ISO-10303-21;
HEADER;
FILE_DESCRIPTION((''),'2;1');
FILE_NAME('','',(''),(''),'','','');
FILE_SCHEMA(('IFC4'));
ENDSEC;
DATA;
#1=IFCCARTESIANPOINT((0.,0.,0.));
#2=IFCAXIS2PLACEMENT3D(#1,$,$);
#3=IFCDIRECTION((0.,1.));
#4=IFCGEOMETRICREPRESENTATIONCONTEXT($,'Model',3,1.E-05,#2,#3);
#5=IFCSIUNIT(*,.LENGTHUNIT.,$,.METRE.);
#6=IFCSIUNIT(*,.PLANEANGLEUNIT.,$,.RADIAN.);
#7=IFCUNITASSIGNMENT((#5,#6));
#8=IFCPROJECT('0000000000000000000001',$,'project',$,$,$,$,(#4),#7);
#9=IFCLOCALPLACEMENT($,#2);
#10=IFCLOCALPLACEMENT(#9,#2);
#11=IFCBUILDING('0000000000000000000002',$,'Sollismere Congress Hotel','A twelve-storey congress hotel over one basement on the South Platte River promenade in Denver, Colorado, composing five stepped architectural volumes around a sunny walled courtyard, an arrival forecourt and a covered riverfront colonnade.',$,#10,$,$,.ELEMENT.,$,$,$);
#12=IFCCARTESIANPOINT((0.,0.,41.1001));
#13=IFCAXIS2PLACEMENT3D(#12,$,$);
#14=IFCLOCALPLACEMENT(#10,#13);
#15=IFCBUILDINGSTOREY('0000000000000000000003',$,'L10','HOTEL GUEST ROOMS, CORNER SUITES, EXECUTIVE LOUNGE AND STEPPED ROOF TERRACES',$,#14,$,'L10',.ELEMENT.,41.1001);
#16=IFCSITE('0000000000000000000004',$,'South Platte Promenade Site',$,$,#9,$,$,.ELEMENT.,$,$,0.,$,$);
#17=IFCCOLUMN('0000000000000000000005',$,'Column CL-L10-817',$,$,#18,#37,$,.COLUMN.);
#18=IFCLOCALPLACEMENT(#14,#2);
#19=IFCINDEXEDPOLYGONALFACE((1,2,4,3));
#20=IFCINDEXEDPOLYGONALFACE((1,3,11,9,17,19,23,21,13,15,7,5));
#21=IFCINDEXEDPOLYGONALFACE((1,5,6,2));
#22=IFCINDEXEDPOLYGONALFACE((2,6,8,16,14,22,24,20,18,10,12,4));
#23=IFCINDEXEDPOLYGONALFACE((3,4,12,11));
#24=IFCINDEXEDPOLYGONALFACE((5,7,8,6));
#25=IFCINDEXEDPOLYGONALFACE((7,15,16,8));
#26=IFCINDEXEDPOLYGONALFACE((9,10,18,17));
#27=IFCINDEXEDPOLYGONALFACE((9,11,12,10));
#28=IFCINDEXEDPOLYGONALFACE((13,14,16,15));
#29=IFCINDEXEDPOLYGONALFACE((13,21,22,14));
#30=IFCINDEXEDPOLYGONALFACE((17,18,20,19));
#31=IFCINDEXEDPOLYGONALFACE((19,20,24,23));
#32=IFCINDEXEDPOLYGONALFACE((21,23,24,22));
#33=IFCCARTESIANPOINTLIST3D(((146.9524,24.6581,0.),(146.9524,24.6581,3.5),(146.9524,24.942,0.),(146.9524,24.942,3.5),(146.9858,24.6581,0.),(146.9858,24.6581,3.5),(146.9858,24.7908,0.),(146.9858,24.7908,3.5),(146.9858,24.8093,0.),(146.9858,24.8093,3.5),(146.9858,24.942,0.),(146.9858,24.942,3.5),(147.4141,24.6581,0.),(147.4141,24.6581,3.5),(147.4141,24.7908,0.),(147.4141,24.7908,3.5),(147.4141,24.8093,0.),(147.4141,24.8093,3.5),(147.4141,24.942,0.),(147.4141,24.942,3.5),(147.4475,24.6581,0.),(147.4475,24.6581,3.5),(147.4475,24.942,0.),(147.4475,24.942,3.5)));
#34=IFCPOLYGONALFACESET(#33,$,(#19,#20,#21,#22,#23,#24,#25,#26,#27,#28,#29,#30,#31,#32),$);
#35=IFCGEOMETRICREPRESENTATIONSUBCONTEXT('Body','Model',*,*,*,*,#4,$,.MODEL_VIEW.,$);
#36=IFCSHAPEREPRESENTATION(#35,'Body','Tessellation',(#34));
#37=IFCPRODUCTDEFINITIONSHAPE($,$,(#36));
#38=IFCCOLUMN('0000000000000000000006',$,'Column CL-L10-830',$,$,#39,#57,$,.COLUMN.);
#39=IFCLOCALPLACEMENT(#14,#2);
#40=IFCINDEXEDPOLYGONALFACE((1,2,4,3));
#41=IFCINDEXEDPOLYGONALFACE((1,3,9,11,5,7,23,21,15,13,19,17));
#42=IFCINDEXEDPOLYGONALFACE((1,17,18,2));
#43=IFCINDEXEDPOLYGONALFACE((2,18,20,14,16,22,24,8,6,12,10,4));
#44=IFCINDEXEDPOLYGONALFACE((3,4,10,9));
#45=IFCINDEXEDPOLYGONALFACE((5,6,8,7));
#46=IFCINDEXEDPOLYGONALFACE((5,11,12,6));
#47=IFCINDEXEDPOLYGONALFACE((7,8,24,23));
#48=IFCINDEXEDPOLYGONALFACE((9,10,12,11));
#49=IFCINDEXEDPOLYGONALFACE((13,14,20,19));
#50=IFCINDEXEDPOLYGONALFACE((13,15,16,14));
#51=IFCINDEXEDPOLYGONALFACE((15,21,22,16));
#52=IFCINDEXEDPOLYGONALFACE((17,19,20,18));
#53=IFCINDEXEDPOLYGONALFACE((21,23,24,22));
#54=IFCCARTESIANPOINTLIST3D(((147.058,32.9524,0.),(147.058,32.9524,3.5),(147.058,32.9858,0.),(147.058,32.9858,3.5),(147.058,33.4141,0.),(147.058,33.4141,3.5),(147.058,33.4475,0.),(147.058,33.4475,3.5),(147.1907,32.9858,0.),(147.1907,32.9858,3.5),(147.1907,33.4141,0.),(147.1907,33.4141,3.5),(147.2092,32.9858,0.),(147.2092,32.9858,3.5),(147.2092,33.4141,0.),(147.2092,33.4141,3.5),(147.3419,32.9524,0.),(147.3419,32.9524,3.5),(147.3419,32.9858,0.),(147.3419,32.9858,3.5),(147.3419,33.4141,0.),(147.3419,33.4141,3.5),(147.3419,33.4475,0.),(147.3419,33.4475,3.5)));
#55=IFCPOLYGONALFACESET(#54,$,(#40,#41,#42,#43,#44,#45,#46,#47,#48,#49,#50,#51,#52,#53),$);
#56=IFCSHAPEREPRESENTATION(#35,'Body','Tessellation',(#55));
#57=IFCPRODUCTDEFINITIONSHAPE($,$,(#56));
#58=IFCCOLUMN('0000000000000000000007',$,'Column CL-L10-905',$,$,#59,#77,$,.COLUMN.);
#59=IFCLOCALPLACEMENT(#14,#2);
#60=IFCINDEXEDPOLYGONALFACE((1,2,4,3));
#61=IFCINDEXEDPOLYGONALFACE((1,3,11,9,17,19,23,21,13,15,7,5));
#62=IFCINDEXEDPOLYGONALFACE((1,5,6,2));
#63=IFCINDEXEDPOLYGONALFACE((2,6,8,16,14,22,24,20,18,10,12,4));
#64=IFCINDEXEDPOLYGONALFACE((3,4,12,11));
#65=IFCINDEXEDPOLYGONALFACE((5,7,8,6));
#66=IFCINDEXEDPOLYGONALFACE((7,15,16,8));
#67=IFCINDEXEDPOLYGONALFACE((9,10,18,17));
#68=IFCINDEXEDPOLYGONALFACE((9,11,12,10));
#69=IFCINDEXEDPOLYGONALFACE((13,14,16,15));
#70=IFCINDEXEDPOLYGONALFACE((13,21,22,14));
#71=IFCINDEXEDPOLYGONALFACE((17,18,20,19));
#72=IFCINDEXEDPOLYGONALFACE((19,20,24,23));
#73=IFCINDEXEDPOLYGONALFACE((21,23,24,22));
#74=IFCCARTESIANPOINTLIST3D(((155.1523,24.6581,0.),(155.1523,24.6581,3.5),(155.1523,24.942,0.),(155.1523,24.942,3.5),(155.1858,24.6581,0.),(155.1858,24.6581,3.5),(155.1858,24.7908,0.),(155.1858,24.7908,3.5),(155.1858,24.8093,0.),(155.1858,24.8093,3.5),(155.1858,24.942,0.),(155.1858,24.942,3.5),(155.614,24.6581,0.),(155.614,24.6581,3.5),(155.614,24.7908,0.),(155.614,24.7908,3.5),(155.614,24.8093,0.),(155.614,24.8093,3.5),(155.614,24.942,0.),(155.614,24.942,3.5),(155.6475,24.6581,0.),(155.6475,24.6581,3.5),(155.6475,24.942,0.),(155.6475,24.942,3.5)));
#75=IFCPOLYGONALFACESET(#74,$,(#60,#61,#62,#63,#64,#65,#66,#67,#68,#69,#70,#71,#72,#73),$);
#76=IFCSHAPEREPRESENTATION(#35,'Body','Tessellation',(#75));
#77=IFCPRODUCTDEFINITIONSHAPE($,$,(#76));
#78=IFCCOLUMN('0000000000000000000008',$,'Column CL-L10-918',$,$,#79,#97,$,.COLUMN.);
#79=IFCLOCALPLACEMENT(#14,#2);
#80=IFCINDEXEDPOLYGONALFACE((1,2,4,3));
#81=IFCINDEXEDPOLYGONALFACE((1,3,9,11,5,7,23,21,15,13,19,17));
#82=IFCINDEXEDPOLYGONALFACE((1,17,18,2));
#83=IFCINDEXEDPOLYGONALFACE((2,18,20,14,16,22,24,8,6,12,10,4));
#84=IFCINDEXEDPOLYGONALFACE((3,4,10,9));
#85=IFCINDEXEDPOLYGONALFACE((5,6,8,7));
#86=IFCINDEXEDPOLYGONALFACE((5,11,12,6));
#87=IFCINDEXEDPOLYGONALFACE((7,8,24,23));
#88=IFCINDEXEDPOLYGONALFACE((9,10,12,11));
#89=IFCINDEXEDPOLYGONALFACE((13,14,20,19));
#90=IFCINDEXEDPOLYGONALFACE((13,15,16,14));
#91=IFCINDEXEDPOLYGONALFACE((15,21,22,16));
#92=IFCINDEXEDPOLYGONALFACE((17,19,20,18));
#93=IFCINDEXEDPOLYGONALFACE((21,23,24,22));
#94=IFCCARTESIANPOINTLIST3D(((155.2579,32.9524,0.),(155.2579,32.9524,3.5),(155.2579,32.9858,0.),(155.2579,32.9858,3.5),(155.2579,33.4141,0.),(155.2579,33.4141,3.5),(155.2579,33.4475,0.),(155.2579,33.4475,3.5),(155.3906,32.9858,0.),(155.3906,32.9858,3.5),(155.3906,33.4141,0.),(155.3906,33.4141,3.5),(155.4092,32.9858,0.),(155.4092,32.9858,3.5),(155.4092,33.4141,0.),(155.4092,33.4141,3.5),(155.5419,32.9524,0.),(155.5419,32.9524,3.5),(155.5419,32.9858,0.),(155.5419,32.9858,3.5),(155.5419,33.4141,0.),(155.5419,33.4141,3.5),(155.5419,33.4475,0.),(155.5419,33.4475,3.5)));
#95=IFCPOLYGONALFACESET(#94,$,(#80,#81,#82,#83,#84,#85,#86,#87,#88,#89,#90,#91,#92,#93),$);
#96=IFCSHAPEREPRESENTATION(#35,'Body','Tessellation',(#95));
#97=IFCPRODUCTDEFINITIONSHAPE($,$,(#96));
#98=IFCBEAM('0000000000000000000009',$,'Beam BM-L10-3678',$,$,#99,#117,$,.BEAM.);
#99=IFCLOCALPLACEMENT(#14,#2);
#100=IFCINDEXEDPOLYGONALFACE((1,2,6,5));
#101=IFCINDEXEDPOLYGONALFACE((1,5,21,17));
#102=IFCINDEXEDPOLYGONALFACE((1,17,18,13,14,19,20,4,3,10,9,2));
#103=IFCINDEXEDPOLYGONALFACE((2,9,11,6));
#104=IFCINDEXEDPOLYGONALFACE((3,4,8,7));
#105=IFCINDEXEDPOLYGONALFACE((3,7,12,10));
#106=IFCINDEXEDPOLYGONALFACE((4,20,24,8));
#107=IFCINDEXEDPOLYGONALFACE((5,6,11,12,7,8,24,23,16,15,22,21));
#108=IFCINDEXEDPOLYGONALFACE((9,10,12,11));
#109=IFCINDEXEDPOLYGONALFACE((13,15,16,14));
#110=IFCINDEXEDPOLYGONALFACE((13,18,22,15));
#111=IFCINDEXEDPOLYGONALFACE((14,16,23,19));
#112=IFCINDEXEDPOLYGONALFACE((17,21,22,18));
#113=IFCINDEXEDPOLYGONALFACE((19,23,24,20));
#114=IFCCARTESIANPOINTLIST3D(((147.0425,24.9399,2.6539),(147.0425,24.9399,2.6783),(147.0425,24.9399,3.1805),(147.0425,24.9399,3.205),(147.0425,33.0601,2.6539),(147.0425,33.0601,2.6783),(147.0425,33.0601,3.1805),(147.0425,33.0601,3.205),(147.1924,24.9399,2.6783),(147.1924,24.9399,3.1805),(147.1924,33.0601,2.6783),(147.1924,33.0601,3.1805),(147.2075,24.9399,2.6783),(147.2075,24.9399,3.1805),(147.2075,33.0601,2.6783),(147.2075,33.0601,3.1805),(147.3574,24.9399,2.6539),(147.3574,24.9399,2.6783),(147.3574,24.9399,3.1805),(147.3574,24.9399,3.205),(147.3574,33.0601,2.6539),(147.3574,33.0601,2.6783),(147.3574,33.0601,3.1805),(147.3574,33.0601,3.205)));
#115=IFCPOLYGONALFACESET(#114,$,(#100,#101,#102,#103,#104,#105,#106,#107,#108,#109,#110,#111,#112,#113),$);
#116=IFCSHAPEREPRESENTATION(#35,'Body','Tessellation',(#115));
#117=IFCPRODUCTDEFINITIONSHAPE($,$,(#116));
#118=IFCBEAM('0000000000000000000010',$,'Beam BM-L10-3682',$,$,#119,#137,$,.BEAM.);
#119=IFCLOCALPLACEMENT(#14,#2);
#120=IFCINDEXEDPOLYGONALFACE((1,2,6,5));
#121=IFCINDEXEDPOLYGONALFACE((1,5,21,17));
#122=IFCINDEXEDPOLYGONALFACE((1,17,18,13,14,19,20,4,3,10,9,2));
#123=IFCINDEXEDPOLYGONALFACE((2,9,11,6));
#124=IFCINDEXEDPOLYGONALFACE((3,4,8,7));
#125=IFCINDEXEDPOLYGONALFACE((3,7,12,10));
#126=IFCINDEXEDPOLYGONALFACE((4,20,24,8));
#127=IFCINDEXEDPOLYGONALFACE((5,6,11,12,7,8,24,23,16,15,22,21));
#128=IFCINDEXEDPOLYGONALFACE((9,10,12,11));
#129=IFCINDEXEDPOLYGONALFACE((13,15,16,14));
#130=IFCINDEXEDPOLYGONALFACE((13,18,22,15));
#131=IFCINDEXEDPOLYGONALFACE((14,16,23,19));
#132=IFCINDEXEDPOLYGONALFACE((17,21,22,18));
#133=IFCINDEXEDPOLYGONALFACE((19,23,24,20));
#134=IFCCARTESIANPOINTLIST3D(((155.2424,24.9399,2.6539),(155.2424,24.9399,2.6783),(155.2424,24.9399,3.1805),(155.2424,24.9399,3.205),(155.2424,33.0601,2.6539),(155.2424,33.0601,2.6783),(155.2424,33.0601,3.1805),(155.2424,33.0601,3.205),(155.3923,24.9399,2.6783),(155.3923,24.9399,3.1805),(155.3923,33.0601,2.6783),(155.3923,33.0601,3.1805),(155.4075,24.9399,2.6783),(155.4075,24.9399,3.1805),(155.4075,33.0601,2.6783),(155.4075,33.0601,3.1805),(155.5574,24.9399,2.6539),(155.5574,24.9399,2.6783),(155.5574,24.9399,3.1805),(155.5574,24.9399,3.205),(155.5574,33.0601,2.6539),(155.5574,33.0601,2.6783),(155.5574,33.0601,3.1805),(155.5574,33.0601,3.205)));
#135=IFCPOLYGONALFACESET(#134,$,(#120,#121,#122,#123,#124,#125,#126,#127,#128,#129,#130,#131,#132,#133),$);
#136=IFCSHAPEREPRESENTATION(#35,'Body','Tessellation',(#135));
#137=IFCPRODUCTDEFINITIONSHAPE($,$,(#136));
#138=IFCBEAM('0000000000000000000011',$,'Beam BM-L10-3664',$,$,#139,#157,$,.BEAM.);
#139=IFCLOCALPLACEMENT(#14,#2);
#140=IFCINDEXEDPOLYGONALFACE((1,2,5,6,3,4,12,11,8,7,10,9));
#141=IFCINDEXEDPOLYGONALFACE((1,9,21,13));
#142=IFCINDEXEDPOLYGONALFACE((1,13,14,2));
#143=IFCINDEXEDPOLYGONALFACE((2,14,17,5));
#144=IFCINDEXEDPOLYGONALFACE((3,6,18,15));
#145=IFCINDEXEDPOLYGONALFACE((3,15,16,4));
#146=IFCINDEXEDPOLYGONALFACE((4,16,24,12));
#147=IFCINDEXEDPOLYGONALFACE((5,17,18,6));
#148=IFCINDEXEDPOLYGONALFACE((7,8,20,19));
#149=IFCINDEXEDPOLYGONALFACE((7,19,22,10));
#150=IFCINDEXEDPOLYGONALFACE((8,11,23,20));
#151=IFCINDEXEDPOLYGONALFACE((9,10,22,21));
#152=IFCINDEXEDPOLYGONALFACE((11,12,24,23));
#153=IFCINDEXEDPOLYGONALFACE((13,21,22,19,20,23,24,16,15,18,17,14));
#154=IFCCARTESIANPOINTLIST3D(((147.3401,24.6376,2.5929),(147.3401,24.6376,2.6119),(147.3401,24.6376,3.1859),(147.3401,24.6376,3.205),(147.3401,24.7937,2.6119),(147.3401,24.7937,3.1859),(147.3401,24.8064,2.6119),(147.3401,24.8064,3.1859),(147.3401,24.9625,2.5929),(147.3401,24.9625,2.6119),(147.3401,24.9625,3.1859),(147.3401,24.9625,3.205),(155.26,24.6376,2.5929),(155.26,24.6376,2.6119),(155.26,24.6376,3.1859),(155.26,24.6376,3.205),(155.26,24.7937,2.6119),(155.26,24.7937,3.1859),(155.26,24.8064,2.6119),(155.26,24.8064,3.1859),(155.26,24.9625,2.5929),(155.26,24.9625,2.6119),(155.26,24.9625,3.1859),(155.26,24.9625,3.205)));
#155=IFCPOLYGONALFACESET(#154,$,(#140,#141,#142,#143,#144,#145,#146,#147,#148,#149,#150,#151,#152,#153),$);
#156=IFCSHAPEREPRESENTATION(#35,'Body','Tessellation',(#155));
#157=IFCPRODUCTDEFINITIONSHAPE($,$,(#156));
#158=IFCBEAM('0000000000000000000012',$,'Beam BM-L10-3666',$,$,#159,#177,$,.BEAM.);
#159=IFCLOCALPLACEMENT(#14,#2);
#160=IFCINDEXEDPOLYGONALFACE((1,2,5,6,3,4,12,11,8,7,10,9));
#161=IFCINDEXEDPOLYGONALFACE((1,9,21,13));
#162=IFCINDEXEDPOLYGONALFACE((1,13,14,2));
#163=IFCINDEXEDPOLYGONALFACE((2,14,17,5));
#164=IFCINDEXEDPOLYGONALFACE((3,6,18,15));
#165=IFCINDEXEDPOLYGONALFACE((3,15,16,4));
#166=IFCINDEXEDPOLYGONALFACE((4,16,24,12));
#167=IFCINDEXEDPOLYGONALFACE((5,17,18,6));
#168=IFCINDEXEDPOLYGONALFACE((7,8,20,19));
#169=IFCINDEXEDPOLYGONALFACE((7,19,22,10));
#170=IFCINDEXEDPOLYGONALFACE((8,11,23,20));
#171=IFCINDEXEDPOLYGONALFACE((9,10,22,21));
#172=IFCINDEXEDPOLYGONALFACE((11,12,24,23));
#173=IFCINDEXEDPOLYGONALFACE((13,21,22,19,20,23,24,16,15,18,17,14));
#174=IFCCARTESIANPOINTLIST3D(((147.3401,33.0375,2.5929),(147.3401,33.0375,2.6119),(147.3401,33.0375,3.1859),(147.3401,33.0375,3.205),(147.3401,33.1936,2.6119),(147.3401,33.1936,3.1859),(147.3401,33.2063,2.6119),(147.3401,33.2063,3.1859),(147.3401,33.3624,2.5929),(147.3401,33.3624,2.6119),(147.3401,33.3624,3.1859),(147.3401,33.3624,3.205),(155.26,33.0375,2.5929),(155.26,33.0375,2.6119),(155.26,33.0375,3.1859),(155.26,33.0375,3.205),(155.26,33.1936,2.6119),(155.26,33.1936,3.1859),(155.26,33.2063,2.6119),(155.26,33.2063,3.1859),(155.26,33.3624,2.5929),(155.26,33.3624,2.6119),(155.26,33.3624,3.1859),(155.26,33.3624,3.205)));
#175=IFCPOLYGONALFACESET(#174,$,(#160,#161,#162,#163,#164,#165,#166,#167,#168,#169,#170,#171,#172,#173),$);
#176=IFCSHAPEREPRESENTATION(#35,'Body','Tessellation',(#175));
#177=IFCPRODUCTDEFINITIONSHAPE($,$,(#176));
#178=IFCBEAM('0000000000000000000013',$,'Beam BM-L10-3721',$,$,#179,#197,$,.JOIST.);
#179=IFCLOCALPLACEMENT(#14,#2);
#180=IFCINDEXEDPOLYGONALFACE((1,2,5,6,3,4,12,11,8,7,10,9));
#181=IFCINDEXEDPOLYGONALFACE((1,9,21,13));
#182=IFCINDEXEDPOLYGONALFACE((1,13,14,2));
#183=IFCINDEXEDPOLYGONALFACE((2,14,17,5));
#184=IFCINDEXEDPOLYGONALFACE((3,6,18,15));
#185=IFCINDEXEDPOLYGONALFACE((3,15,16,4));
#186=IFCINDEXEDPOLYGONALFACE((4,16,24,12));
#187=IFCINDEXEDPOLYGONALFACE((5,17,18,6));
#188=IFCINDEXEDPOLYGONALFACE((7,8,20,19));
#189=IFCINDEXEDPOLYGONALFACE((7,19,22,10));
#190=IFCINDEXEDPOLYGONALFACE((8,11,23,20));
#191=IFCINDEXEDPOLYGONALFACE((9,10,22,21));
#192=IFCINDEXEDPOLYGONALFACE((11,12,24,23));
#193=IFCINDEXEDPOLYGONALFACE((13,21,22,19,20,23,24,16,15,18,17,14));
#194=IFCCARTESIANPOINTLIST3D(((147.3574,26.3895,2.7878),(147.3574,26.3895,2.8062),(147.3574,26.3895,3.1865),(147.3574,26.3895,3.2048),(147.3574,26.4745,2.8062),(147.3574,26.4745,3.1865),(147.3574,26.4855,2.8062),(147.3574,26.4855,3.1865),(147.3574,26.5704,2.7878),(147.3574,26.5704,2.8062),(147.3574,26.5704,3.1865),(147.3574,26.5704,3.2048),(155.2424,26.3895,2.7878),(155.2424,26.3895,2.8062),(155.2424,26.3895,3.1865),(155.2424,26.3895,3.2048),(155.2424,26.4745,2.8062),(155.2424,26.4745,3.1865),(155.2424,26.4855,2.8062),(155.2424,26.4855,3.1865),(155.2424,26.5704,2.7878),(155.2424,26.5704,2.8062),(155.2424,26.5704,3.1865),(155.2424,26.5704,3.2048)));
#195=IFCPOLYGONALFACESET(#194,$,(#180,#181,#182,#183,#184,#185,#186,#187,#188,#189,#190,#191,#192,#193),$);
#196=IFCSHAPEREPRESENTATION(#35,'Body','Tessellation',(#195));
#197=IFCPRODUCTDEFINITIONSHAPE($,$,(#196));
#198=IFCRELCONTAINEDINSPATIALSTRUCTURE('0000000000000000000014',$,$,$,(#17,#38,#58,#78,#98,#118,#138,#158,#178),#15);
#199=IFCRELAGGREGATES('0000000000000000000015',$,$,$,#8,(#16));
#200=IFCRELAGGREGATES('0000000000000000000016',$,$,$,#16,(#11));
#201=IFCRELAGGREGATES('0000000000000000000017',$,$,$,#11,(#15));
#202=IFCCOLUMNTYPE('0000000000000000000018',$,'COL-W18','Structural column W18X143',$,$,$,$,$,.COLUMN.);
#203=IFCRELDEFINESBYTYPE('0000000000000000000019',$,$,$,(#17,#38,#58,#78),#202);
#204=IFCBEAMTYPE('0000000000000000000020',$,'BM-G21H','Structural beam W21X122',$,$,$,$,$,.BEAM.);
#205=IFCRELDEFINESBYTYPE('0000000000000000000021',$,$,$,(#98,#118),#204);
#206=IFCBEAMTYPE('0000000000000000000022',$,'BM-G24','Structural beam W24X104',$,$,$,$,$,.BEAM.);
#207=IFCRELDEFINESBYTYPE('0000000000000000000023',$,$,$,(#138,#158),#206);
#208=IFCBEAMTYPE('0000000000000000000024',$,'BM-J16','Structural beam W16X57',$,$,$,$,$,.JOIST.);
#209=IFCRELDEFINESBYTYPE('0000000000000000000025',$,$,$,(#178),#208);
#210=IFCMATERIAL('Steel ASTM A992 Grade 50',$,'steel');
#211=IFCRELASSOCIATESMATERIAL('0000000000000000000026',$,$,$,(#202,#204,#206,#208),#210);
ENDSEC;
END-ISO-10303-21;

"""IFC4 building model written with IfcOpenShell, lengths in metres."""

from ifc_helpers import new_model, si_unit, direction, frame, origin, origin_2d, place, context, subcontext, project, spatial, i_section, extrude, material, material_profile, profile_set, type_object, element, save


model = new_model("IFC4")

# Units and contexts
model_context = context("Model", 3, precision=1e-05, world=origin(), true_north=direction((0.0, 1.0)))
body_context = subcontext(model_context, "Body", "Model", "MODEL_VIEW")
ifc_project = project(units=[si_unit("LENGTHUNIT", "METRE"), si_unit("PLANEANGLEUNIT", "RADIAN")], contexts=[model_context])

# Site, building, storey
site_placement = place(None, origin())
site = spatial("IfcSite", under=ifc_project, at=site_placement, Name="South Platte Promenade Site", CompositionType="ELEMENT", RefElevation=0.0)
building_placement = place(site_placement, origin())
building = spatial("IfcBuilding", under=site, at=building_placement, Name="Sollismere Congress Hotel", Description="A twelve-storey congress hotel over one basement on the South Platte River promenade in Denver, Colorado, composing five stepped architectural volumes around a sunny walled courtyard, an arrival forecourt and a covered riverfront colonnade.", CompositionType="ELEMENT")
storey_placement = place(building_placement, frame((0.0, 0.0, 41.1001)))
storey = spatial("IfcBuildingStorey", under=building, at=storey_placement, Name="L10", Description="HOTEL GUEST ROOMS, CORNER SUITES, EXECUTIVE LOUNGE AND STEPPED ROOF TERRACES", LongName="L10", CompositionType="ELEMENT", Elevation=41.1001)

# Columns
ifc_material_1 = material(Name="Steel ASTM A992 Grade 50", Category="steel")
ifc_material_profile_1 = material_profile(ifc_material_1, i_section(OverallWidth=0.2839, OverallDepth=0.4951, WebThickness=0.0186, FlangeThickness=0.0334, at=origin_2d()), Name="W18X143")
ifc_profile_set_1 = profile_set([ifc_material_profile_1], Name="Steel ASTM A992 Grade 50")
column_type = type_object("IfcColumnType", Name="COL-W18", Description="Structural column W18X143", PredefinedType="COLUMN", material=ifc_profile_set_1)
for number, where, z_axis, x_axis, name in (
    (1, (147.2, 24.8, 0.0), (0.0, 0.0, 1.0), (0.0, 1.0, 0.0), "Column CL-L10-817"),
    (2, (147.2, 33.2, 0.0), (0.0, 0.0, 1.0), (1.0, 0.0, 0.0), "Column CL-L10-830"),
    (3, (155.3999, 24.8, 0.0), (0.0, 0.0, 1.0), (0.0, 1.0, 0.0), "Column CL-L10-905"),
    (4, (155.3999, 33.2, 0.0), (0.0, 0.0, 1.0), (1.0, 0.0, 0.0), "Column CL-L10-918"),
):
    element("IfcColumn", number, at=place(storey_placement, frame(where, z_axis=z_axis, x_axis=x_axis)), inside=storey, type_object=column_type, Name=name, PredefinedType="COLUMN", context=body_context, shape_type="SweptSolid", body=[
        extrude(i_section(OverallWidth=0.2839, OverallDepth=0.4951, WebThickness=0.0186, FlangeThickness=0.0334, at=origin_2d()), origin(), (0.0, 0.0, 1.0), 3.5),
    ])

# Beams
ifc_material_profile_2 = material_profile(ifc_material_1, i_section(OverallWidth=0.3149, OverallDepth=0.551, WebThickness=0.0151, FlangeThickness=0.0244, at=origin_2d()), Name="W21X122")
ifc_profile_set_2 = profile_set([ifc_material_profile_2], Name="Steel ASTM A992 Grade 50")
beam_type_1 = type_object("IfcBeamType", Name="BM-G21H", Description="Structural beam W21X122", PredefinedType="BEAM", material=ifc_profile_set_2)
for number, where, z_axis, x_axis, name in (
    (5, (147.2, 24.9399, 2.9294), (0.0, 1.0, 0.0), (-1.0, 0.0, 0.0), "Beam BM-L10-3678"),
    (6, (155.3999, 24.9399, 2.9294), (0.0, 1.0, 0.0), (-1.0, 0.0, 0.0), "Beam BM-L10-3682"),
):
    element("IfcBeam", number, at=place(storey_placement, frame(where, z_axis=z_axis, x_axis=x_axis)), inside=storey, type_object=beam_type_1, Name=name, PredefinedType="BEAM", context=body_context, shape_type="SweptSolid", body=[
        extrude(i_section(OverallWidth=0.3149, OverallDepth=0.551, WebThickness=0.0151, FlangeThickness=0.0244, at=origin_2d()), origin(), (0.0, 0.0, 1.0), 8.1201),
    ])
ifc_material_profile_3 = material_profile(ifc_material_1, i_section(OverallWidth=0.325, OverallDepth=0.6121, WebThickness=0.0127, FlangeThickness=0.019, at=origin_2d()), Name="W24X104")
ifc_profile_set_3 = profile_set([ifc_material_profile_3], Name="Steel ASTM A992 Grade 50")
beam_type_2 = type_object("IfcBeamType", Name="BM-G24", Description="Structural beam W24X104", PredefinedType="BEAM", material=ifc_profile_set_3)
for number, where, z_axis, x_axis, name in (
    (7, (147.3401, 24.8, 2.8989), (1.0, 0.0, 0.0), (0.0, 1.0, 0.0), "Beam BM-L10-3664"),
    (8, (147.3401, 33.2, 2.8989), (1.0, 0.0, 0.0), (0.0, 1.0, 0.0), "Beam BM-L10-3666"),
):
    element("IfcBeam", number, at=place(storey_placement, frame(where, z_axis=z_axis, x_axis=x_axis)), inside=storey, type_object=beam_type_2, Name=name, PredefinedType="BEAM", context=body_context, shape_type="SweptSolid", body=[
        extrude(i_section(OverallWidth=0.325, OverallDepth=0.6121, WebThickness=0.0127, FlangeThickness=0.019, at=origin_2d()), origin(), (0.0, 0.0, 1.0), 7.9199),
    ])
ifc_material_profile_4 = material_profile(ifc_material_1, i_section(OverallWidth=0.1809, OverallDepth=0.417, WebThickness=0.011, FlangeThickness=0.0183, at=origin_2d()), Name="W16X57")
ifc_profile_set_4 = profile_set([ifc_material_profile_4], Name="Steel ASTM A992 Grade 50")
beam_type_3 = type_object("IfcBeamType", Name="BM-J16", Description="Structural beam W16X57", PredefinedType="JOIST", material=ifc_profile_set_4)
for number, where, z_axis, x_axis, name in (
    (9, (147.3574, 26.48, 2.9963), (1.0, 0.0, 0.0), (0.0, 1.0, 0.0), "Beam BM-L10-3721"),
):
    element("IfcBeam", number, at=place(storey_placement, frame(where, z_axis=z_axis, x_axis=x_axis)), inside=storey, type_object=beam_type_3, Name=name, PredefinedType="JOIST", context=body_context, shape_type="SweptSolid", body=[
        extrude(i_section(OverallWidth=0.1809, OverallDepth=0.417, WebThickness=0.011, FlangeThickness=0.0183, at=origin_2d()), origin(), (0.0, 0.0, 1.0), 7.885),
    ])

save(model, "model.ifc")
